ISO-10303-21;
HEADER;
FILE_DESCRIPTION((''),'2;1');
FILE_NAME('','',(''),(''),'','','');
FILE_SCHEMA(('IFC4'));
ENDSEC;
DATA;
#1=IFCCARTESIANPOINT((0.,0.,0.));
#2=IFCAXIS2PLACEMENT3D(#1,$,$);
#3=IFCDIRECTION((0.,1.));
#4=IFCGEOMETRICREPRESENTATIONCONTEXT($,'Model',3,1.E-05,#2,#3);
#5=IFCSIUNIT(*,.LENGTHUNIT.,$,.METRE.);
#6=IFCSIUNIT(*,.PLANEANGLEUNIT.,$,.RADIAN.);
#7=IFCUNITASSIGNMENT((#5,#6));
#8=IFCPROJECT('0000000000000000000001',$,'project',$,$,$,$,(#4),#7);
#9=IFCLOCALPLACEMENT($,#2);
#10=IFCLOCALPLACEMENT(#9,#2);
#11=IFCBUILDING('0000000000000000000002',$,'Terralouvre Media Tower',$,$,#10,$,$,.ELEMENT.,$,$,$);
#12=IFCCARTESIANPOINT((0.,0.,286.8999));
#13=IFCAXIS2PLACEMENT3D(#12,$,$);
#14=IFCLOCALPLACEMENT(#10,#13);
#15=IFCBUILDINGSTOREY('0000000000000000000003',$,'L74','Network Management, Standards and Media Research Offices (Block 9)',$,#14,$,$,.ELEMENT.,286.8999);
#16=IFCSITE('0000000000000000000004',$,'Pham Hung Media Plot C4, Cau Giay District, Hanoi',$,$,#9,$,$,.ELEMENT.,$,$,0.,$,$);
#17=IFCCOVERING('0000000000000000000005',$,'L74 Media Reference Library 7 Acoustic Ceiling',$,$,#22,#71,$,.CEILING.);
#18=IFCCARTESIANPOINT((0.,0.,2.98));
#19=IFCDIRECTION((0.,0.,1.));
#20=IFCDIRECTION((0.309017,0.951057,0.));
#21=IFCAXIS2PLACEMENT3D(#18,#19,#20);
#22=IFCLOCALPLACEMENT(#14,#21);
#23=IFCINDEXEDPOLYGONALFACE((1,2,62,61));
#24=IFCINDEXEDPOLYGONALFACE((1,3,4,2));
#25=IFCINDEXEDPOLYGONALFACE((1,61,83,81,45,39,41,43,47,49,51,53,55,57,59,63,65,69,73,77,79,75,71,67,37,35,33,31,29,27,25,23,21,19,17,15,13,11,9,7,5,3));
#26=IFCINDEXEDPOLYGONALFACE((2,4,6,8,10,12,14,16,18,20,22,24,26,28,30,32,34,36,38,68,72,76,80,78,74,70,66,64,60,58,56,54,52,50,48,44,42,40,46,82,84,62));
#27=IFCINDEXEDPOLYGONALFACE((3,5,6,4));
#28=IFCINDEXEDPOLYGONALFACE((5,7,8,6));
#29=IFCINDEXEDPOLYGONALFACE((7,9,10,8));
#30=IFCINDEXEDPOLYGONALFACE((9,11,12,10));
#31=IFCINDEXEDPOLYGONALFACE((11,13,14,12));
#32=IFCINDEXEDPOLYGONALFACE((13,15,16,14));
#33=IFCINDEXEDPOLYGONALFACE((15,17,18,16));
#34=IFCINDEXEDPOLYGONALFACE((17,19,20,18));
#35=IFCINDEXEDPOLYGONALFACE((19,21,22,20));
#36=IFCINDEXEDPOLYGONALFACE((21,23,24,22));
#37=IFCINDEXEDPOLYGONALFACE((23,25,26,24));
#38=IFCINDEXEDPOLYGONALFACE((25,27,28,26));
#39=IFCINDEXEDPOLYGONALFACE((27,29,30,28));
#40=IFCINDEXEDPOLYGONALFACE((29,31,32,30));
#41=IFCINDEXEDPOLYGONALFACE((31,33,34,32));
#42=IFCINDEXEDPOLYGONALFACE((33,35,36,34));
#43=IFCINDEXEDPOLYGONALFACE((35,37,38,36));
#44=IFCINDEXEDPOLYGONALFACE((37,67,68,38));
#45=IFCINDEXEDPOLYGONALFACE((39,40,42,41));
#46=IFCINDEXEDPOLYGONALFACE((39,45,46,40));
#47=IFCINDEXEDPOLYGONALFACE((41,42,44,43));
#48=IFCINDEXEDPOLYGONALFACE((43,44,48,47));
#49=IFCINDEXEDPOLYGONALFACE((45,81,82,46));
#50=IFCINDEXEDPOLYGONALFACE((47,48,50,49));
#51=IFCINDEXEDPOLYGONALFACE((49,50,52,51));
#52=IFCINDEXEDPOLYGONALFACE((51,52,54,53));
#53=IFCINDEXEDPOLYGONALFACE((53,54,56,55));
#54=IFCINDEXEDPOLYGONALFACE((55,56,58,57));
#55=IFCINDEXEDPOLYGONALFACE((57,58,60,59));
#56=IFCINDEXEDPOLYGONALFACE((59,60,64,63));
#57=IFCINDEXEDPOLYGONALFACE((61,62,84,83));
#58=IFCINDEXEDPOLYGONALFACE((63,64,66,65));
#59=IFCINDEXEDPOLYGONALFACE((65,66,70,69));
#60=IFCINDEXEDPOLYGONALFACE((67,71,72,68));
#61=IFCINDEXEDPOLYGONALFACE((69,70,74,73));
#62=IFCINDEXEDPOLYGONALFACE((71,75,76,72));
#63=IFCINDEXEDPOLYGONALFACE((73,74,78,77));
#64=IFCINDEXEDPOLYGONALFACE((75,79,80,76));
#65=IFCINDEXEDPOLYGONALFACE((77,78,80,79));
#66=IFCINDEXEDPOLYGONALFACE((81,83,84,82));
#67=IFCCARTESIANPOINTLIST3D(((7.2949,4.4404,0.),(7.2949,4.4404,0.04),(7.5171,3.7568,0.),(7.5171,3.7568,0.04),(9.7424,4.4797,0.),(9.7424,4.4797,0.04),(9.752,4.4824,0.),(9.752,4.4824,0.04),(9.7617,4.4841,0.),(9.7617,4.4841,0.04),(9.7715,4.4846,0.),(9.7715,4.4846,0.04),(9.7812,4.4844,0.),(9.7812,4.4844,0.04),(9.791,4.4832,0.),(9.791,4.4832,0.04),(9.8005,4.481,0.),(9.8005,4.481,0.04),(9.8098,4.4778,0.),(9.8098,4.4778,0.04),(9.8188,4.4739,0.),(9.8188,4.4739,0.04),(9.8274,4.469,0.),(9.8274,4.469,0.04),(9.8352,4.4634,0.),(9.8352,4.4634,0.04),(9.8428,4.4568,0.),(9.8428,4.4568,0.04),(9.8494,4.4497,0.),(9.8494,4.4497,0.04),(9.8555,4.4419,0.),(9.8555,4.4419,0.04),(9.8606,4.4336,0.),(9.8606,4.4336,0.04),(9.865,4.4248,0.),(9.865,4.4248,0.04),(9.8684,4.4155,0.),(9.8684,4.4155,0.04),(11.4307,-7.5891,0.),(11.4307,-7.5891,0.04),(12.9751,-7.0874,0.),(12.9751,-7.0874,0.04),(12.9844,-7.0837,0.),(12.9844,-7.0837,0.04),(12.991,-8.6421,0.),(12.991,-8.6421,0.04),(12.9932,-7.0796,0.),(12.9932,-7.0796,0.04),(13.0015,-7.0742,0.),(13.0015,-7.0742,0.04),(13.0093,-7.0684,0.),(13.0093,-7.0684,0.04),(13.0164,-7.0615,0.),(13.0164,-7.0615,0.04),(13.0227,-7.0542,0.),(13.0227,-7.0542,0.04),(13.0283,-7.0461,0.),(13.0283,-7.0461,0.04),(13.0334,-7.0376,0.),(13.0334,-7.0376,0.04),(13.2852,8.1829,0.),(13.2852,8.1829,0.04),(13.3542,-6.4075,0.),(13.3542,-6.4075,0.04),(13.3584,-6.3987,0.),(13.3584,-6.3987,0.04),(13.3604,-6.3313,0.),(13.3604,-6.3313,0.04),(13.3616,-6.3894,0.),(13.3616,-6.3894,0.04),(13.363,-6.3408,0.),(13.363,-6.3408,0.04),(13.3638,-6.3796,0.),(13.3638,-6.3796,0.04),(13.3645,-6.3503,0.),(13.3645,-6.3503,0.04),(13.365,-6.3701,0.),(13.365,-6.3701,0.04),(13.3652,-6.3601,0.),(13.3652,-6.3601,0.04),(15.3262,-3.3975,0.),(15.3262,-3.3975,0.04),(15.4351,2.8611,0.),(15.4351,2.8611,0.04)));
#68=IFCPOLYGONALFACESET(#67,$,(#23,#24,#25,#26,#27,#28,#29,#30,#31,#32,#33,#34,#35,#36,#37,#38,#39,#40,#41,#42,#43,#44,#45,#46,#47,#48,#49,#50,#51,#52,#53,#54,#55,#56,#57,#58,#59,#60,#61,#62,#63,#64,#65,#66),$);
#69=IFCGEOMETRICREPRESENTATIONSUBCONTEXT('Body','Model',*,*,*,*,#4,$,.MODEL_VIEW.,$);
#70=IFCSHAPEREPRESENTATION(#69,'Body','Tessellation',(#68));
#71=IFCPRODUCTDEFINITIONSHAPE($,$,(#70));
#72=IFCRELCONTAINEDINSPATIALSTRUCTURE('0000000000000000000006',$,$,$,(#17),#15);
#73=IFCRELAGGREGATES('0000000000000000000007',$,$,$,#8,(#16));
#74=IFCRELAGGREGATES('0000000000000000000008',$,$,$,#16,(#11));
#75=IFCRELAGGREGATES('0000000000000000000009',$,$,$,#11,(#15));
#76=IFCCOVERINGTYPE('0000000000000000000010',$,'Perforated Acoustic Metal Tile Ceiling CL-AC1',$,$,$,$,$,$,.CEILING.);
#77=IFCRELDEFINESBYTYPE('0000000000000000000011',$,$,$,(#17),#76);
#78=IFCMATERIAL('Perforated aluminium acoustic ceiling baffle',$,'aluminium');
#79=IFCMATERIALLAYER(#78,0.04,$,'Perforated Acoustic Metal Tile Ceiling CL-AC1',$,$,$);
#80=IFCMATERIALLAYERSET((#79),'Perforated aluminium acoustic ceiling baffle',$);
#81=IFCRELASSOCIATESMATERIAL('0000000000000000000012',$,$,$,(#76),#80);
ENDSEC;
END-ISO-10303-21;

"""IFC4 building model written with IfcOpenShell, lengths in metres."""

from ifc_helpers import new_model, si_unit, direction, frame, origin, place, context, subcontext, project, spatial, polyline, outline, extrude, material, layer, layer_set, type_object, element, save


model = new_model("IFC4")

# Units and contexts
model_context = context("Model", 3, precision=1e-05, world=origin(), true_north=direction((0.0, 1.0)))
body_context = subcontext(model_context, "Body", "Model", "MODEL_VIEW")
ifc_project = project(units=[si_unit("LENGTHUNIT", "METRE"), si_unit("PLANEANGLEUNIT", "RADIAN")], contexts=[model_context])

# Site, building, storey
site_placement = place(None, origin())
site = spatial("IfcSite", under=ifc_project, at=site_placement, Name="Pham Hung Media Plot C4, Cau Giay District, Hanoi", CompositionType="ELEMENT", RefElevation=0.0)
building_placement = place(site_placement, origin())
building = spatial("IfcBuilding", under=site, at=building_placement, Name="Terralouvre Media Tower", CompositionType="ELEMENT")
storey_placement = place(building_placement, frame((0.0, 0.0, 286.8999)))
storey = spatial("IfcBuildingStorey", under=building, at=storey_placement, Name="L74", Description="Network Management, Standards and Media Research Offices (Block 9)", CompositionType="ELEMENT", Elevation=286.8999)

# Covering
ifc_material_1 = material(Name="Perforated aluminium acoustic ceiling baffle", Category="aluminium")
ifc_layer_1 = layer(ifc_material_1, 0.04, Name="Perforated Acoustic Metal Tile Ceiling CL-AC1")
ifc_layer_set_1 = layer_set([ifc_layer_1], Name="Perforated aluminium acoustic ceiling baffle")
covering_type = type_object("IfcCoveringType", Name="Perforated Acoustic Metal Tile Ceiling CL-AC1", PredefinedType="CEILING", material=ifc_layer_set_1)
covering_1_placement = place(storey_placement, frame((0.0, 0.0, 2.98), z_axis=(0.0, 0.0, 1.0), x_axis=(0.309017, 0.951057, 0.0)))
element("IfcCovering", 1, at=covering_1_placement, inside=storey, type_object=covering_type, Name="L74 Media Reference Library 7 Acoustic Ceiling", PredefinedType="CEILING", context=body_context, shape_type="SweptSolid", body=[
    extrude(outline(polyline([(9.752, 4.4824), (9.7617, 4.4841), (9.7715, 4.4846), (9.7812, 4.4844), (9.791, 4.4832), (9.8005, 4.481), (9.8098, 4.4778), (9.8188, 4.4739), (9.8274, 4.469), (9.8352, 4.4634), (9.8428, 4.4568), (9.8494, 4.4497), (9.8555, 4.4419), (9.8606, 4.4336), (9.865, 4.4248), (9.8684, 4.4155), (13.3604, -6.3313), (13.363, -6.3408), (13.3645, -6.3503), (13.3652, -6.3601), (13.365, -6.3701), (13.3638, -6.3796), (13.3616, -6.3894), (13.3584, -6.3987), (13.3542, -6.4075), (13.0334, -7.0376), (13.0283, -7.0461), (13.0227, -7.0542), (13.0164, -7.0615), (13.0093, -7.0684), (13.0015, -7.0742), (12.9932, -7.0796), (12.9844, -7.0837), (12.9751, -7.0874), (11.4307, -7.5891), (12.991, -8.6421), (15.3262, -3.3975), (15.4351, 2.8611), (13.2852, 8.1829), (7.2949, 4.4404), (7.5171, 3.7568), (9.7424, 4.4797), (9.752, 4.4824)])), origin(), (0.0, 0.0, 1.0), 0.04),
])

save(model, "model.ifc")
